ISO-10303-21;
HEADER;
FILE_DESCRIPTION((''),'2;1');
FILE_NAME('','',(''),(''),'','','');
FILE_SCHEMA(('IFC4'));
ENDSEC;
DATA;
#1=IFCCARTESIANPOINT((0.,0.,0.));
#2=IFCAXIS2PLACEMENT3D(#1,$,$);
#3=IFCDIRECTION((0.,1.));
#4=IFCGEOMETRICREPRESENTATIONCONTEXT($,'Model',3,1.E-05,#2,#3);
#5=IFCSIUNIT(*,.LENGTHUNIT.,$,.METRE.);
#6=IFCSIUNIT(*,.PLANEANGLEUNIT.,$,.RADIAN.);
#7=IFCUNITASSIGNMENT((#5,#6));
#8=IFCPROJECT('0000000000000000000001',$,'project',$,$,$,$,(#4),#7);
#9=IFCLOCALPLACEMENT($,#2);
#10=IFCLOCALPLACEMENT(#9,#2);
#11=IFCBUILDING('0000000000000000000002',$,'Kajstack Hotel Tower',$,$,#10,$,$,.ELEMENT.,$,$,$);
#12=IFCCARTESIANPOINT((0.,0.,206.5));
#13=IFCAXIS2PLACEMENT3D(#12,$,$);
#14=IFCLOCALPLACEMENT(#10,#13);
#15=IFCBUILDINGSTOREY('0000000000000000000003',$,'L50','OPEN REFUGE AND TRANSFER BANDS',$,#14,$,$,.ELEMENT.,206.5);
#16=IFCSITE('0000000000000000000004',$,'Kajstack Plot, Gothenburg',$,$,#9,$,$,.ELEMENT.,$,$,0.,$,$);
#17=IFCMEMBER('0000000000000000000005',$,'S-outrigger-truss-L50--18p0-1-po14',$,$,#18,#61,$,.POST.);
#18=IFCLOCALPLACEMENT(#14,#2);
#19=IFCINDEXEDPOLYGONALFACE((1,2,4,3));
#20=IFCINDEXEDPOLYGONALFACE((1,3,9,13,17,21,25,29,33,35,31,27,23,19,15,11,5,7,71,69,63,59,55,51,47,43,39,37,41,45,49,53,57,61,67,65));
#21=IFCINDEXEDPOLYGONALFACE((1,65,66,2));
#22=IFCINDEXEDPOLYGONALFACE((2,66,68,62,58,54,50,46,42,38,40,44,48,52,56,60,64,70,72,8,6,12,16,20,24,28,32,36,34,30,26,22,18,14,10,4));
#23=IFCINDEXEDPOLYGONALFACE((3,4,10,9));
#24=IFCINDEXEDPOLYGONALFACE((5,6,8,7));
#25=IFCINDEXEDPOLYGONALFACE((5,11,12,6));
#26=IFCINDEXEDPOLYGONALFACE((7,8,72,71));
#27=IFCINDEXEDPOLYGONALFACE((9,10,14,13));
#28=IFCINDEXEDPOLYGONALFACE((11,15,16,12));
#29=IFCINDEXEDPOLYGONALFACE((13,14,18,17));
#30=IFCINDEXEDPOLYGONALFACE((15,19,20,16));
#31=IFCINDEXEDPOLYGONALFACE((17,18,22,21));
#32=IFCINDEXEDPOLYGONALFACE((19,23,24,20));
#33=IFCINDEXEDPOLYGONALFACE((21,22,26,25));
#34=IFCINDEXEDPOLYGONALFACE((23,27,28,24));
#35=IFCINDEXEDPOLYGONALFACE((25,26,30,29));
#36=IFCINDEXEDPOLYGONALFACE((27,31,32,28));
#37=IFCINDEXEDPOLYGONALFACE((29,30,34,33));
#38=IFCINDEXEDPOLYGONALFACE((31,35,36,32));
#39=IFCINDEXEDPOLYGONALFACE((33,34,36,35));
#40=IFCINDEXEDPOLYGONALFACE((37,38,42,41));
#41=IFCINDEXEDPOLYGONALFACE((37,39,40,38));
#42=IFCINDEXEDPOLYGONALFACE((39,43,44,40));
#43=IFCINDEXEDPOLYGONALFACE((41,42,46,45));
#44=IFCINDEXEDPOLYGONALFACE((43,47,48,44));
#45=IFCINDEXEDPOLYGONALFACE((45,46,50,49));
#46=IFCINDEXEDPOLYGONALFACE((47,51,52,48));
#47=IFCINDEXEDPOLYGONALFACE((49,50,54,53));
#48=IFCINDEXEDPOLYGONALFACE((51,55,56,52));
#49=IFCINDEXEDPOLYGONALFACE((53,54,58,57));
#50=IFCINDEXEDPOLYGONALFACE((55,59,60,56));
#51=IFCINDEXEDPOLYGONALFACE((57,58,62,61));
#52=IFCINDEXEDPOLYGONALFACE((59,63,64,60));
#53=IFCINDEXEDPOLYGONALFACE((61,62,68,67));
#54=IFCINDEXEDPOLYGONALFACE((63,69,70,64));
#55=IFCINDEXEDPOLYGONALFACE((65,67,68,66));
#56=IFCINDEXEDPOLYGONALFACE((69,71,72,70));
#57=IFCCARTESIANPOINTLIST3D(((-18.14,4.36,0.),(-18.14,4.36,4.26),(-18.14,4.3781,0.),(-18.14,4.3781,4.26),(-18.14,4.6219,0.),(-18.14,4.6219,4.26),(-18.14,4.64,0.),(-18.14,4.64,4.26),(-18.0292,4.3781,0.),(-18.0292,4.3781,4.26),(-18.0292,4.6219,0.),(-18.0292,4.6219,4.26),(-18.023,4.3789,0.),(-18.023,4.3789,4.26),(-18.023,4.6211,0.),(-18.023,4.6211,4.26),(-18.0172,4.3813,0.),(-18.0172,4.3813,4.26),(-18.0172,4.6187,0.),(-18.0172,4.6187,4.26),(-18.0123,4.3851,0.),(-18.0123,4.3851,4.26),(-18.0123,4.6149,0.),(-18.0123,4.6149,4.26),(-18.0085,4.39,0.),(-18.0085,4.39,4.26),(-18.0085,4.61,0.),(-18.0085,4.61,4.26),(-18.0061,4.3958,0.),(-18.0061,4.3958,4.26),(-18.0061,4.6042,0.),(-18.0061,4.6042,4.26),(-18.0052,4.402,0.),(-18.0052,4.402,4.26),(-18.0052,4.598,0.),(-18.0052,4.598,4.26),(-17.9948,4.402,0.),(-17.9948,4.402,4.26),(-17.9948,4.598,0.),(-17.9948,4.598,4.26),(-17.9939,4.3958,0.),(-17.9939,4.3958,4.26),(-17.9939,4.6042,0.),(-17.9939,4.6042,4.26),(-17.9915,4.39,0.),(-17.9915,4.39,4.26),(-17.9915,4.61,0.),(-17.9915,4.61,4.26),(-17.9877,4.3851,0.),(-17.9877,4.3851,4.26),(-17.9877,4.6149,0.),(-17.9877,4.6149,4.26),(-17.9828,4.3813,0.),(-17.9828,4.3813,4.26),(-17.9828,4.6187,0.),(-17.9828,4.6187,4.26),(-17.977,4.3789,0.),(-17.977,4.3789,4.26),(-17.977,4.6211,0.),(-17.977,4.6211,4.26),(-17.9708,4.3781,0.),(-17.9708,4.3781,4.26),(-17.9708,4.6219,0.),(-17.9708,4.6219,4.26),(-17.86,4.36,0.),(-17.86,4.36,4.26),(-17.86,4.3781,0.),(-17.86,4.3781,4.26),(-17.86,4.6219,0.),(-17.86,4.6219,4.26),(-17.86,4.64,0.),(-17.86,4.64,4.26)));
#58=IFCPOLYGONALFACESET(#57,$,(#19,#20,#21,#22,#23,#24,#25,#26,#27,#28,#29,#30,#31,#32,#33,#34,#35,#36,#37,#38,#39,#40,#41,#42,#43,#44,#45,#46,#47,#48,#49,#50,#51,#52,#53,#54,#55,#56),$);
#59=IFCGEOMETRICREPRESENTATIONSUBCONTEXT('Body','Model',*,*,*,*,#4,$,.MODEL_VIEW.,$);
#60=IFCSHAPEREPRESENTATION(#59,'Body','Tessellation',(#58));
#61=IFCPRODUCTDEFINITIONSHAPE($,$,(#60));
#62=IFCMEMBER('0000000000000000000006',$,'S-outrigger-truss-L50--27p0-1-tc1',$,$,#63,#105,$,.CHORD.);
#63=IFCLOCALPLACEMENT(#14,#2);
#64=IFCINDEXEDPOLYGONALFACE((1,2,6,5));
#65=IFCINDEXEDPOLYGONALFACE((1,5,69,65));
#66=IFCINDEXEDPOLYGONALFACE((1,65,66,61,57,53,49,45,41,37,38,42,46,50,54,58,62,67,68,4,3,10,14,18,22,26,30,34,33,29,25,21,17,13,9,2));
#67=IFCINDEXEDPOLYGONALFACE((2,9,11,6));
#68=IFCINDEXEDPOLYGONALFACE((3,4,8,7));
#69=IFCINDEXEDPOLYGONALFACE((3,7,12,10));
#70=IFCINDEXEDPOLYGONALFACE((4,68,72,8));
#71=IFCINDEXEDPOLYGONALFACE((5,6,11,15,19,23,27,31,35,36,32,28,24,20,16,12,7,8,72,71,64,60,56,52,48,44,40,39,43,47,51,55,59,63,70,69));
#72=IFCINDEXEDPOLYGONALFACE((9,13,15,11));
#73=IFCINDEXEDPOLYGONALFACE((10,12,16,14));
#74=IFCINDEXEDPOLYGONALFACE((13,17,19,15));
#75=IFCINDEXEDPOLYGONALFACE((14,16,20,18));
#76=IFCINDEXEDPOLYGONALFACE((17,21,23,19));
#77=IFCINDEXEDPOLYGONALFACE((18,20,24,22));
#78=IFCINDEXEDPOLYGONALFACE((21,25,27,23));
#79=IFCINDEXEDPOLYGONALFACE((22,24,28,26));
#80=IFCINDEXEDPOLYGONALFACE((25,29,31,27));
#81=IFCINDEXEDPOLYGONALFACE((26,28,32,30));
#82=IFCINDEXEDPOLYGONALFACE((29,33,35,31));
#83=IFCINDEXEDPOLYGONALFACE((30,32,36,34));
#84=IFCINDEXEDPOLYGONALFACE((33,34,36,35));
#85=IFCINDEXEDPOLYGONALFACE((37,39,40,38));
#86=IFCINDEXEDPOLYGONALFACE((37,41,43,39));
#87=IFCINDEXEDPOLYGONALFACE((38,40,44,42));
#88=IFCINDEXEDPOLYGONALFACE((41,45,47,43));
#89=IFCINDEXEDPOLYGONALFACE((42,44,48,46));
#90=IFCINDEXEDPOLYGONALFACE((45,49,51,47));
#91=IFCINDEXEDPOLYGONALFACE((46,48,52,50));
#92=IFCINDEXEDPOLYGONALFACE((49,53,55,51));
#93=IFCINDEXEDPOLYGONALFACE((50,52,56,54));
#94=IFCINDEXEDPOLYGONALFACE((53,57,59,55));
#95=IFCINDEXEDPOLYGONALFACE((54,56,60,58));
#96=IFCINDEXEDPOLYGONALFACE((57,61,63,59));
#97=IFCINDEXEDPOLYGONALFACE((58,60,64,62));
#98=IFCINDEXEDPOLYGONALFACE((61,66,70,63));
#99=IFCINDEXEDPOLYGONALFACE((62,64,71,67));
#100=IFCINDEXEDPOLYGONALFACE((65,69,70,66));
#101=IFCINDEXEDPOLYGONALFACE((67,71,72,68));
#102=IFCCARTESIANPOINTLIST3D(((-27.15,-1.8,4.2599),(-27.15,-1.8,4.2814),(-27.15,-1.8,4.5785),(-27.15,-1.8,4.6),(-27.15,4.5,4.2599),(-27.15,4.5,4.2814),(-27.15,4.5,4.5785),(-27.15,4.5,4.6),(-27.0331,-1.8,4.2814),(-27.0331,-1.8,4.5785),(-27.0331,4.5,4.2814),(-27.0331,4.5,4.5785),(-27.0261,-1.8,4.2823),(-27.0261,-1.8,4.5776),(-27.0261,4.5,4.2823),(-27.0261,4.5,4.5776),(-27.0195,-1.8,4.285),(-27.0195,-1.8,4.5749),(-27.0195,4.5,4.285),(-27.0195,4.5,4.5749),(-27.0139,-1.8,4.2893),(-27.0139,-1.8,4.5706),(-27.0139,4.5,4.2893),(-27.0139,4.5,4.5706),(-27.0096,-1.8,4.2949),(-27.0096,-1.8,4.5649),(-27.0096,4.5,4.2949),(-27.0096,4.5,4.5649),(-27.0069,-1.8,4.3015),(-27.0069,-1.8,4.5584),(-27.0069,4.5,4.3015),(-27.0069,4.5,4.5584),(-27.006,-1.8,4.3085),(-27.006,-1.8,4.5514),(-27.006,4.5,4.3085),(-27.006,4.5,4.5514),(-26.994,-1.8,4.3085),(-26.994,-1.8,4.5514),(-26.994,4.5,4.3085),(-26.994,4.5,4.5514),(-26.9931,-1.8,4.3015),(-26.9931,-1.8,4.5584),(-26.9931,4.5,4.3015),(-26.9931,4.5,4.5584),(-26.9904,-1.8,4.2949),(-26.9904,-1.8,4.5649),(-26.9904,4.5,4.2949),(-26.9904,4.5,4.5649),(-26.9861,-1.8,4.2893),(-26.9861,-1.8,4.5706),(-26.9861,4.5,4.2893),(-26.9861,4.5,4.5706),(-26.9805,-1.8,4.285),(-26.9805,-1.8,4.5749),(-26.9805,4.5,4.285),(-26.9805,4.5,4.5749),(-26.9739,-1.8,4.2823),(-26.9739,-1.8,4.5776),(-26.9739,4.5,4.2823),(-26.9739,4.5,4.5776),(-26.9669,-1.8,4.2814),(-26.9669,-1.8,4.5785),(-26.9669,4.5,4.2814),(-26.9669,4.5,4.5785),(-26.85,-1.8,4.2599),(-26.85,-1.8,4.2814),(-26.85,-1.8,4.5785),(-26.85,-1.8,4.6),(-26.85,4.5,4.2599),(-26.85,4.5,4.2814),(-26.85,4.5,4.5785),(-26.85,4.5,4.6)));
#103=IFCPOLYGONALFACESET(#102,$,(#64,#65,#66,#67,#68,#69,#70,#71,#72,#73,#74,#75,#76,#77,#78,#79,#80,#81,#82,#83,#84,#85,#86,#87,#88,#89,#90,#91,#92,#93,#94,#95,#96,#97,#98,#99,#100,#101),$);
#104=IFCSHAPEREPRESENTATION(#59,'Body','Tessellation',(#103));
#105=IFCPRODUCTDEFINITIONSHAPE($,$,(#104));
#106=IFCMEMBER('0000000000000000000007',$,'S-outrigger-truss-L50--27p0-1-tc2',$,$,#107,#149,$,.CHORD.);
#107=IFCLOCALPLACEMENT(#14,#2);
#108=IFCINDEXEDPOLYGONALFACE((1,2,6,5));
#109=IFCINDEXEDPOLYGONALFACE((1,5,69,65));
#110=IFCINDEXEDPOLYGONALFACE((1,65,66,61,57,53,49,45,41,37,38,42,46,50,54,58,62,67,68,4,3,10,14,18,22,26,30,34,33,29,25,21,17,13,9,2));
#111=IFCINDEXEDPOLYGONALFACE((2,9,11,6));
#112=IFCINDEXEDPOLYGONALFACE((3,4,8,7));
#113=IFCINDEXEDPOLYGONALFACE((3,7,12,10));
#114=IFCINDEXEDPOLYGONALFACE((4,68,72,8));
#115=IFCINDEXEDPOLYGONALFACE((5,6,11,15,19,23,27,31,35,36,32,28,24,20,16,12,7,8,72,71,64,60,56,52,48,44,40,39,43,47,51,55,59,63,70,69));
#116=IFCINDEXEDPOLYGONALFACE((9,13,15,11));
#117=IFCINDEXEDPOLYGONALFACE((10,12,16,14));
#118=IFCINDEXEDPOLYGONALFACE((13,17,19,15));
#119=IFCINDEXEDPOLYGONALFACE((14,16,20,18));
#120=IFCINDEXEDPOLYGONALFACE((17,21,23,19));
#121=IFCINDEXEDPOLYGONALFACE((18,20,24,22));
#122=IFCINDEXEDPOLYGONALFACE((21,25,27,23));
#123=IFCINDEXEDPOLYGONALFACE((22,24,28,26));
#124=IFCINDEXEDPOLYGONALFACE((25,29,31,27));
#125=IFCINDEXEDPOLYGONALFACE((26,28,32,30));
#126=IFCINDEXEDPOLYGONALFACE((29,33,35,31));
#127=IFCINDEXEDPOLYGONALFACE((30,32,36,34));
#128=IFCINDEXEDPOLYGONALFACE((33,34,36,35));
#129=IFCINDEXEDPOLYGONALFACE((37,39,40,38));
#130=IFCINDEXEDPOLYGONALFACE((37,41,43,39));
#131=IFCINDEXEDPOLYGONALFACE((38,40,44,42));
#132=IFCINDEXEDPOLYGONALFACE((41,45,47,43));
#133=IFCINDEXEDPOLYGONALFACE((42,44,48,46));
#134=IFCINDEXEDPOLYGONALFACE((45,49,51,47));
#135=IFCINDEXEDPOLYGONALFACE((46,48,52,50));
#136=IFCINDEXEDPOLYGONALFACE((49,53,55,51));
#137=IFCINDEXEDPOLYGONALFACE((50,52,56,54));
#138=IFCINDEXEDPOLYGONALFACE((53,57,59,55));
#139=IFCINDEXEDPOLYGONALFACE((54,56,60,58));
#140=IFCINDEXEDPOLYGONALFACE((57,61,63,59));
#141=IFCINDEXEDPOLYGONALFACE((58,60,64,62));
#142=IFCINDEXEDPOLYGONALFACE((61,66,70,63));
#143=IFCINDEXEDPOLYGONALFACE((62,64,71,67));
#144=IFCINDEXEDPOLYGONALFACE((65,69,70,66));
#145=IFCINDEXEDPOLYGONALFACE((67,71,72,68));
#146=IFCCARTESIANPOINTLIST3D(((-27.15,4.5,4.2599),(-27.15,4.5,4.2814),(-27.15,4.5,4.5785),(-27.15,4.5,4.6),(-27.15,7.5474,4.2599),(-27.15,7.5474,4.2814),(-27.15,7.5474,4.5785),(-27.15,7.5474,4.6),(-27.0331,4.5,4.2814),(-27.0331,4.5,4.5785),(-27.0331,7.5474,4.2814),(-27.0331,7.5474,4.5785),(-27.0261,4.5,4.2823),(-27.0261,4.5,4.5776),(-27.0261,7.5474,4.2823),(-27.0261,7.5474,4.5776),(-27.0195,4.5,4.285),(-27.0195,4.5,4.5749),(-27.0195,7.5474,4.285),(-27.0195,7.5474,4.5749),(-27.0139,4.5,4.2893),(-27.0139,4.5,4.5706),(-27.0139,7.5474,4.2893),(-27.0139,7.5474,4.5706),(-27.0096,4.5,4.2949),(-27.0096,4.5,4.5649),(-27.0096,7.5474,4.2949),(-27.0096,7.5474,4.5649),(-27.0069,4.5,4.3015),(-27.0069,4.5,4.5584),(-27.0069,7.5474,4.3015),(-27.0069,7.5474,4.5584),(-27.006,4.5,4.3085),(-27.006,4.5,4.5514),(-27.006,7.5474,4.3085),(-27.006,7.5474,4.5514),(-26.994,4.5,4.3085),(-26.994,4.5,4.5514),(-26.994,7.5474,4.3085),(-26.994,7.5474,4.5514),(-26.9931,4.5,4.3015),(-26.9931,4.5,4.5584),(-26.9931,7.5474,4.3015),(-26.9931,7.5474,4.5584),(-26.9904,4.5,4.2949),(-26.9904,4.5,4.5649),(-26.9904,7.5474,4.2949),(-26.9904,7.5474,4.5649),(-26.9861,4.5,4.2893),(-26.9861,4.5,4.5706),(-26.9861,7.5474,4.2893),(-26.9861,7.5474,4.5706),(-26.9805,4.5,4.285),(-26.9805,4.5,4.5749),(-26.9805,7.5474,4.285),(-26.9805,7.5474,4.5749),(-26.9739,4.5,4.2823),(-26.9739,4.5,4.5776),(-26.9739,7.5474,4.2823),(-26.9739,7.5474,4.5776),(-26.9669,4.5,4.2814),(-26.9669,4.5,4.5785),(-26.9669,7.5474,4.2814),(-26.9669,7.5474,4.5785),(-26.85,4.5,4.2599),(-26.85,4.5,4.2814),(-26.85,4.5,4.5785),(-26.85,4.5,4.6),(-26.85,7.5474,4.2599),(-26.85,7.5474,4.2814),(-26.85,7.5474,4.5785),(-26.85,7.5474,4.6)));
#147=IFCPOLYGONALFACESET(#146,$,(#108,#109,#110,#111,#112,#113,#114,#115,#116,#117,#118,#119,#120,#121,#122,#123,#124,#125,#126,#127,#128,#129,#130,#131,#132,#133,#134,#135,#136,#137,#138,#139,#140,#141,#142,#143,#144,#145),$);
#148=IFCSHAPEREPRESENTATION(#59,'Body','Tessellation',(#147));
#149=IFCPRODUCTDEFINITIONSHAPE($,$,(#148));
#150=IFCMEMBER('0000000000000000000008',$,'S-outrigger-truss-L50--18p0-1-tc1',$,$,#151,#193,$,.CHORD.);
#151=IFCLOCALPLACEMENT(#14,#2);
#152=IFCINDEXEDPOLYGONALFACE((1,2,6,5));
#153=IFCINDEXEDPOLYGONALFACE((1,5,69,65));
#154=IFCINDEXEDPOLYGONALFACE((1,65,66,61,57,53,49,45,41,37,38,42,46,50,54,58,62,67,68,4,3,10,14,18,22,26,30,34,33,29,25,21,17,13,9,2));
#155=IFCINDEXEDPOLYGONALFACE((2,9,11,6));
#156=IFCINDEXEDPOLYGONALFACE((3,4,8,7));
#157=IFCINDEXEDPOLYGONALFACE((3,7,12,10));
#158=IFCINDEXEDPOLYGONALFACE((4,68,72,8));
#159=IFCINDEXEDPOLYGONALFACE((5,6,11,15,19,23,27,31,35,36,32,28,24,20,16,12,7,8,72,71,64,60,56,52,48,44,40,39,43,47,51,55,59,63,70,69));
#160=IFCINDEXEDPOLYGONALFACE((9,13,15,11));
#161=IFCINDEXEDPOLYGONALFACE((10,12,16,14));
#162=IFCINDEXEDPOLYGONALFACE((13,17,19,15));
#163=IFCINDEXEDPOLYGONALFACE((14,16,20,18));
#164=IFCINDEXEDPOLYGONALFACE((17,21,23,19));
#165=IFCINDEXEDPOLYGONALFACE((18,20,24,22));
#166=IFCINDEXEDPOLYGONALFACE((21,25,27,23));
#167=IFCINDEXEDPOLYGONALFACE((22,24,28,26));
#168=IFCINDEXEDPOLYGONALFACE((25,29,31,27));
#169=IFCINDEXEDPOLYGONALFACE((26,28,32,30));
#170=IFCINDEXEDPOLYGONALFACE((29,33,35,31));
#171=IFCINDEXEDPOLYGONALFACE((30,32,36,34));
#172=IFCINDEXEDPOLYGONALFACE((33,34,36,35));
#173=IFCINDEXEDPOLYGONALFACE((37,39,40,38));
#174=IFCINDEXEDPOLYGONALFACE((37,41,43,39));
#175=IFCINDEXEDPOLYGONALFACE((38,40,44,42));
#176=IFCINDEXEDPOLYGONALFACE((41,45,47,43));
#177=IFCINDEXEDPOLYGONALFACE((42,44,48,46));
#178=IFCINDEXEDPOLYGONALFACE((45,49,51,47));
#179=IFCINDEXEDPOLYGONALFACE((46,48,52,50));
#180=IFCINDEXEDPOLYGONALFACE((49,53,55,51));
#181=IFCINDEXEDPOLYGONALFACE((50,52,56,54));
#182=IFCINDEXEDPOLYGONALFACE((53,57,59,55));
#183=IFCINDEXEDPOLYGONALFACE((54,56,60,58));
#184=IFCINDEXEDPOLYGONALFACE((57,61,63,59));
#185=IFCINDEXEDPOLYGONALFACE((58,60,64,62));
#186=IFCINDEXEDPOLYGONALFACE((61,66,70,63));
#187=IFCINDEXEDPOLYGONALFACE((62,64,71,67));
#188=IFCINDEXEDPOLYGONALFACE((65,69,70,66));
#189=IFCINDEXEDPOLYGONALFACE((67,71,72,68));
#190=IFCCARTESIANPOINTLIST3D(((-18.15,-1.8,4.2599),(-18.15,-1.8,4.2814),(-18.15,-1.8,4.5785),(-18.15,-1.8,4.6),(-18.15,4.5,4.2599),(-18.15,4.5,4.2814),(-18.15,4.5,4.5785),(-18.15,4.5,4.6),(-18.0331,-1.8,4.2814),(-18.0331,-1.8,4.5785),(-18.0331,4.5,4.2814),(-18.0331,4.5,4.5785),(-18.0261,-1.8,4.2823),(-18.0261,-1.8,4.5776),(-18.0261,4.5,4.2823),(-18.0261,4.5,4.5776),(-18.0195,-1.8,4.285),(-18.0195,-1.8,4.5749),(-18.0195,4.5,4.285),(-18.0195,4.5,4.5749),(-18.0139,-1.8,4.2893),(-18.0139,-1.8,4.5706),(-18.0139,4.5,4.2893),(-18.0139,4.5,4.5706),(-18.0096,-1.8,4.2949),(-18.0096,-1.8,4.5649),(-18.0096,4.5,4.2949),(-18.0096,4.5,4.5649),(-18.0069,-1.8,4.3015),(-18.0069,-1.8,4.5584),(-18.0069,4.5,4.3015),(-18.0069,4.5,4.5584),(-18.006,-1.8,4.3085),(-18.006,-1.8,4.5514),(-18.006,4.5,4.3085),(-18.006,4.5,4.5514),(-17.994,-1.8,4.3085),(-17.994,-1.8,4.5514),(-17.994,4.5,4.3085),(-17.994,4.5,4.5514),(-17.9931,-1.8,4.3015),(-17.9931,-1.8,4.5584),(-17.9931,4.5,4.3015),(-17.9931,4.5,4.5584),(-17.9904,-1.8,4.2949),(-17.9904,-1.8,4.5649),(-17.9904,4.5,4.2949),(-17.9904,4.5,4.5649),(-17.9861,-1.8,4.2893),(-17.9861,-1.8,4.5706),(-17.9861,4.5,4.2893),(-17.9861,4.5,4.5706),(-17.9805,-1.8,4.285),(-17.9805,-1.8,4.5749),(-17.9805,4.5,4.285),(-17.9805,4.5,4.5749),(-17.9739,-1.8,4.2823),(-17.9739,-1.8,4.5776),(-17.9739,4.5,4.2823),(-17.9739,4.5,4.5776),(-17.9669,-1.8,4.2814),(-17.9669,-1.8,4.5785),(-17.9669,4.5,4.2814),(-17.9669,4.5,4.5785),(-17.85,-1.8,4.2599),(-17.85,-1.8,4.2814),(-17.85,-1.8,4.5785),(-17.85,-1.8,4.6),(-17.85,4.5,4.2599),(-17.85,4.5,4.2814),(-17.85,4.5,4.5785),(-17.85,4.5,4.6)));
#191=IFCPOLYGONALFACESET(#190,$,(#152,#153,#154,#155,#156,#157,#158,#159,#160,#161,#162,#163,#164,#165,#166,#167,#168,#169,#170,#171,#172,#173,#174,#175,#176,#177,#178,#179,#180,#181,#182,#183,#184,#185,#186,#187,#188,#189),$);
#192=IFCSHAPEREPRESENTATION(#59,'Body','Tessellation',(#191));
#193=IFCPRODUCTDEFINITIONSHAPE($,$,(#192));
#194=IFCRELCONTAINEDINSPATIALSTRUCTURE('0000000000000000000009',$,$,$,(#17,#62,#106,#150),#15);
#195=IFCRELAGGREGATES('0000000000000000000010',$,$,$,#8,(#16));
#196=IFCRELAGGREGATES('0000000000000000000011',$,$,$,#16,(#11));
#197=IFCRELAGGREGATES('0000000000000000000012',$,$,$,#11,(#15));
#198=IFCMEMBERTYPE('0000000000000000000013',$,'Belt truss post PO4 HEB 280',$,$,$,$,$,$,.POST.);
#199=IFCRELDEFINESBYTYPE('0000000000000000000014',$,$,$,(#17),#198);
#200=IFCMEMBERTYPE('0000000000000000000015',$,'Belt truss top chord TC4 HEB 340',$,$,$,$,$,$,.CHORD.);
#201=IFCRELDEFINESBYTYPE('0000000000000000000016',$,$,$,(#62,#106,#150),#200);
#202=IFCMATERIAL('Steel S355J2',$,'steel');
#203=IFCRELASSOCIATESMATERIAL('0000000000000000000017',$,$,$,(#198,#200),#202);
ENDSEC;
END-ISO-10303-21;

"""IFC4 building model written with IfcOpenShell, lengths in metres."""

from ifc_helpers import new_model, si_unit, direction, frame, origin, origin_2d, place, context, subcontext, project, spatial, i_section, extrude, material, material_profile, profile_set, type_object, element, save


model = new_model("IFC4")

# Units and contexts
model_context = context("Model", 3, precision=1e-05, world=origin(), true_north=direction((0.0, 1.0)))
body_context = subcontext(model_context, "Body", "Model", "MODEL_VIEW")
ifc_project = project(units=[si_unit("LENGTHUNIT", "METRE"), si_unit("PLANEANGLEUNIT", "RADIAN")], contexts=[model_context])

# Site, building, storey
site_placement = place(None, origin())
site = spatial("IfcSite", under=ifc_project, at=site_placement, Name="Kajstack Plot, Gothenburg", CompositionType="ELEMENT", RefElevation=0.0)
building_placement = place(site_placement, origin())
building = spatial("IfcBuilding", under=site, at=building_placement, Name="Kajstack Hotel Tower", CompositionType="ELEMENT")
storey_placement = place(building_placement, frame((0.0, 0.0, 206.5)))
storey = spatial("IfcBuildingStorey", under=building, at=storey_placement, Name="L50", Description="OPEN REFUGE AND TRANSFER BANDS", CompositionType="ELEMENT", Elevation=206.5)

# Members
ifc_material_1 = material(Name="Steel S355J2", Category="steel")
ifc_material_profile_1 = material_profile(ifc_material_1, i_section(OverallWidth=0.28, OverallDepth=0.28, WebThickness=0.0105, FlangeThickness=0.0181, FilletRadius=0.0239, at=origin_2d()), Name="HEB 280")
ifc_profile_set_1 = profile_set([ifc_material_profile_1], Name="Steel S355J2")
member_type_1 = type_object("IfcMemberType", Name="Belt truss post PO4 HEB 280", PredefinedType="POST", material=ifc_profile_set_1)
for number, where, z_axis, x_axis, name in (
    (1, (-18.0, 4.5, 0.0), (0.0, 0.0, 1.0), (1.0, 0.0, 0.0), "S-outrigger-truss-L50--18p0-1-po14"),
):
    element("IfcMember", number, at=place(storey_placement, frame(where, z_axis=z_axis, x_axis=x_axis)), inside=storey, type_object=member_type_1, Name=name, PredefinedType="POST", context=body_context, shape_type="SweptSolid", body=[
        extrude(i_section(OverallWidth=0.28, OverallDepth=0.28, WebThickness=0.0105, FlangeThickness=0.0181, FilletRadius=0.0239, at=origin_2d()), origin(), (0.0, 0.0, 1.0), 4.26),
    ])
ifc_material_profile_2 = material_profile(ifc_material_1, i_section(OverallWidth=0.3, OverallDepth=0.3401, WebThickness=0.012, FlangeThickness=0.0215, FilletRadius=0.0271, at=origin_2d()), Name="HEB 340")
ifc_profile_set_2 = profile_set([ifc_material_profile_2], Name="Steel S355J2")
member_type_2 = type_object("IfcMemberType", Name="Belt truss top chord TC4 HEB 340", PredefinedType="CHORD", material=ifc_profile_set_2)
member_1_placement = place(storey_placement, frame((-27.0, -1.8, 4.4299), z_axis=(0.0, 1.0, 0.0), x_axis=(-1.0, 0.0, 0.0)))
element("IfcMember", 2, at=member_1_placement, inside=storey, type_object=member_type_2, Name="S-outrigger-truss-L50--27p0-1-tc1", PredefinedType="CHORD", context=body_context, shape_type="SweptSolid", body=[
    extrude(i_section(OverallWidth=0.3, OverallDepth=0.3401, WebThickness=0.012, FlangeThickness=0.0215, FilletRadius=0.0271, at=origin_2d()), origin(), (0.0, 0.0, 1.0), 6.3),
])
member_2_placement = place(storey_placement, frame((-27.0, 4.5, 4.4299), z_axis=(0.0, 1.0, 0.0), x_axis=(-1.0, 0.0, 0.0)))
element("IfcMember", 3, at=member_2_placement, inside=storey, type_object=member_type_2, Name="S-outrigger-truss-L50--27p0-1-tc2", PredefinedType="CHORD", context=body_context, shape_type="SweptSolid", body=[
    extrude(i_section(OverallWidth=0.3, OverallDepth=0.3401, WebThickness=0.012, FlangeThickness=0.0215, FilletRadius=0.0271, at=origin_2d()), origin(), (0.0, 0.0, 1.0), 3.0474),
])
member_3_placement = place(storey_placement, frame((-18.0, -1.8, 4.4299), z_axis=(0.0, 1.0, 0.0), x_axis=(-1.0, 0.0, 0.0)))
element("IfcMember", 4, at=member_3_placement, inside=storey, type_object=member_type_2, Name="S-outrigger-truss-L50--18p0-1-tc1", PredefinedType="CHORD", context=body_context, shape_type="SweptSolid", body=[
    extrude(i_section(OverallWidth=0.3, OverallDepth=0.3401, WebThickness=0.012, FlangeThickness=0.0215, FilletRadius=0.0271, at=origin_2d()), origin(), (0.0, 0.0, 1.0), 6.3),
])

save(model, "model.ifc")
